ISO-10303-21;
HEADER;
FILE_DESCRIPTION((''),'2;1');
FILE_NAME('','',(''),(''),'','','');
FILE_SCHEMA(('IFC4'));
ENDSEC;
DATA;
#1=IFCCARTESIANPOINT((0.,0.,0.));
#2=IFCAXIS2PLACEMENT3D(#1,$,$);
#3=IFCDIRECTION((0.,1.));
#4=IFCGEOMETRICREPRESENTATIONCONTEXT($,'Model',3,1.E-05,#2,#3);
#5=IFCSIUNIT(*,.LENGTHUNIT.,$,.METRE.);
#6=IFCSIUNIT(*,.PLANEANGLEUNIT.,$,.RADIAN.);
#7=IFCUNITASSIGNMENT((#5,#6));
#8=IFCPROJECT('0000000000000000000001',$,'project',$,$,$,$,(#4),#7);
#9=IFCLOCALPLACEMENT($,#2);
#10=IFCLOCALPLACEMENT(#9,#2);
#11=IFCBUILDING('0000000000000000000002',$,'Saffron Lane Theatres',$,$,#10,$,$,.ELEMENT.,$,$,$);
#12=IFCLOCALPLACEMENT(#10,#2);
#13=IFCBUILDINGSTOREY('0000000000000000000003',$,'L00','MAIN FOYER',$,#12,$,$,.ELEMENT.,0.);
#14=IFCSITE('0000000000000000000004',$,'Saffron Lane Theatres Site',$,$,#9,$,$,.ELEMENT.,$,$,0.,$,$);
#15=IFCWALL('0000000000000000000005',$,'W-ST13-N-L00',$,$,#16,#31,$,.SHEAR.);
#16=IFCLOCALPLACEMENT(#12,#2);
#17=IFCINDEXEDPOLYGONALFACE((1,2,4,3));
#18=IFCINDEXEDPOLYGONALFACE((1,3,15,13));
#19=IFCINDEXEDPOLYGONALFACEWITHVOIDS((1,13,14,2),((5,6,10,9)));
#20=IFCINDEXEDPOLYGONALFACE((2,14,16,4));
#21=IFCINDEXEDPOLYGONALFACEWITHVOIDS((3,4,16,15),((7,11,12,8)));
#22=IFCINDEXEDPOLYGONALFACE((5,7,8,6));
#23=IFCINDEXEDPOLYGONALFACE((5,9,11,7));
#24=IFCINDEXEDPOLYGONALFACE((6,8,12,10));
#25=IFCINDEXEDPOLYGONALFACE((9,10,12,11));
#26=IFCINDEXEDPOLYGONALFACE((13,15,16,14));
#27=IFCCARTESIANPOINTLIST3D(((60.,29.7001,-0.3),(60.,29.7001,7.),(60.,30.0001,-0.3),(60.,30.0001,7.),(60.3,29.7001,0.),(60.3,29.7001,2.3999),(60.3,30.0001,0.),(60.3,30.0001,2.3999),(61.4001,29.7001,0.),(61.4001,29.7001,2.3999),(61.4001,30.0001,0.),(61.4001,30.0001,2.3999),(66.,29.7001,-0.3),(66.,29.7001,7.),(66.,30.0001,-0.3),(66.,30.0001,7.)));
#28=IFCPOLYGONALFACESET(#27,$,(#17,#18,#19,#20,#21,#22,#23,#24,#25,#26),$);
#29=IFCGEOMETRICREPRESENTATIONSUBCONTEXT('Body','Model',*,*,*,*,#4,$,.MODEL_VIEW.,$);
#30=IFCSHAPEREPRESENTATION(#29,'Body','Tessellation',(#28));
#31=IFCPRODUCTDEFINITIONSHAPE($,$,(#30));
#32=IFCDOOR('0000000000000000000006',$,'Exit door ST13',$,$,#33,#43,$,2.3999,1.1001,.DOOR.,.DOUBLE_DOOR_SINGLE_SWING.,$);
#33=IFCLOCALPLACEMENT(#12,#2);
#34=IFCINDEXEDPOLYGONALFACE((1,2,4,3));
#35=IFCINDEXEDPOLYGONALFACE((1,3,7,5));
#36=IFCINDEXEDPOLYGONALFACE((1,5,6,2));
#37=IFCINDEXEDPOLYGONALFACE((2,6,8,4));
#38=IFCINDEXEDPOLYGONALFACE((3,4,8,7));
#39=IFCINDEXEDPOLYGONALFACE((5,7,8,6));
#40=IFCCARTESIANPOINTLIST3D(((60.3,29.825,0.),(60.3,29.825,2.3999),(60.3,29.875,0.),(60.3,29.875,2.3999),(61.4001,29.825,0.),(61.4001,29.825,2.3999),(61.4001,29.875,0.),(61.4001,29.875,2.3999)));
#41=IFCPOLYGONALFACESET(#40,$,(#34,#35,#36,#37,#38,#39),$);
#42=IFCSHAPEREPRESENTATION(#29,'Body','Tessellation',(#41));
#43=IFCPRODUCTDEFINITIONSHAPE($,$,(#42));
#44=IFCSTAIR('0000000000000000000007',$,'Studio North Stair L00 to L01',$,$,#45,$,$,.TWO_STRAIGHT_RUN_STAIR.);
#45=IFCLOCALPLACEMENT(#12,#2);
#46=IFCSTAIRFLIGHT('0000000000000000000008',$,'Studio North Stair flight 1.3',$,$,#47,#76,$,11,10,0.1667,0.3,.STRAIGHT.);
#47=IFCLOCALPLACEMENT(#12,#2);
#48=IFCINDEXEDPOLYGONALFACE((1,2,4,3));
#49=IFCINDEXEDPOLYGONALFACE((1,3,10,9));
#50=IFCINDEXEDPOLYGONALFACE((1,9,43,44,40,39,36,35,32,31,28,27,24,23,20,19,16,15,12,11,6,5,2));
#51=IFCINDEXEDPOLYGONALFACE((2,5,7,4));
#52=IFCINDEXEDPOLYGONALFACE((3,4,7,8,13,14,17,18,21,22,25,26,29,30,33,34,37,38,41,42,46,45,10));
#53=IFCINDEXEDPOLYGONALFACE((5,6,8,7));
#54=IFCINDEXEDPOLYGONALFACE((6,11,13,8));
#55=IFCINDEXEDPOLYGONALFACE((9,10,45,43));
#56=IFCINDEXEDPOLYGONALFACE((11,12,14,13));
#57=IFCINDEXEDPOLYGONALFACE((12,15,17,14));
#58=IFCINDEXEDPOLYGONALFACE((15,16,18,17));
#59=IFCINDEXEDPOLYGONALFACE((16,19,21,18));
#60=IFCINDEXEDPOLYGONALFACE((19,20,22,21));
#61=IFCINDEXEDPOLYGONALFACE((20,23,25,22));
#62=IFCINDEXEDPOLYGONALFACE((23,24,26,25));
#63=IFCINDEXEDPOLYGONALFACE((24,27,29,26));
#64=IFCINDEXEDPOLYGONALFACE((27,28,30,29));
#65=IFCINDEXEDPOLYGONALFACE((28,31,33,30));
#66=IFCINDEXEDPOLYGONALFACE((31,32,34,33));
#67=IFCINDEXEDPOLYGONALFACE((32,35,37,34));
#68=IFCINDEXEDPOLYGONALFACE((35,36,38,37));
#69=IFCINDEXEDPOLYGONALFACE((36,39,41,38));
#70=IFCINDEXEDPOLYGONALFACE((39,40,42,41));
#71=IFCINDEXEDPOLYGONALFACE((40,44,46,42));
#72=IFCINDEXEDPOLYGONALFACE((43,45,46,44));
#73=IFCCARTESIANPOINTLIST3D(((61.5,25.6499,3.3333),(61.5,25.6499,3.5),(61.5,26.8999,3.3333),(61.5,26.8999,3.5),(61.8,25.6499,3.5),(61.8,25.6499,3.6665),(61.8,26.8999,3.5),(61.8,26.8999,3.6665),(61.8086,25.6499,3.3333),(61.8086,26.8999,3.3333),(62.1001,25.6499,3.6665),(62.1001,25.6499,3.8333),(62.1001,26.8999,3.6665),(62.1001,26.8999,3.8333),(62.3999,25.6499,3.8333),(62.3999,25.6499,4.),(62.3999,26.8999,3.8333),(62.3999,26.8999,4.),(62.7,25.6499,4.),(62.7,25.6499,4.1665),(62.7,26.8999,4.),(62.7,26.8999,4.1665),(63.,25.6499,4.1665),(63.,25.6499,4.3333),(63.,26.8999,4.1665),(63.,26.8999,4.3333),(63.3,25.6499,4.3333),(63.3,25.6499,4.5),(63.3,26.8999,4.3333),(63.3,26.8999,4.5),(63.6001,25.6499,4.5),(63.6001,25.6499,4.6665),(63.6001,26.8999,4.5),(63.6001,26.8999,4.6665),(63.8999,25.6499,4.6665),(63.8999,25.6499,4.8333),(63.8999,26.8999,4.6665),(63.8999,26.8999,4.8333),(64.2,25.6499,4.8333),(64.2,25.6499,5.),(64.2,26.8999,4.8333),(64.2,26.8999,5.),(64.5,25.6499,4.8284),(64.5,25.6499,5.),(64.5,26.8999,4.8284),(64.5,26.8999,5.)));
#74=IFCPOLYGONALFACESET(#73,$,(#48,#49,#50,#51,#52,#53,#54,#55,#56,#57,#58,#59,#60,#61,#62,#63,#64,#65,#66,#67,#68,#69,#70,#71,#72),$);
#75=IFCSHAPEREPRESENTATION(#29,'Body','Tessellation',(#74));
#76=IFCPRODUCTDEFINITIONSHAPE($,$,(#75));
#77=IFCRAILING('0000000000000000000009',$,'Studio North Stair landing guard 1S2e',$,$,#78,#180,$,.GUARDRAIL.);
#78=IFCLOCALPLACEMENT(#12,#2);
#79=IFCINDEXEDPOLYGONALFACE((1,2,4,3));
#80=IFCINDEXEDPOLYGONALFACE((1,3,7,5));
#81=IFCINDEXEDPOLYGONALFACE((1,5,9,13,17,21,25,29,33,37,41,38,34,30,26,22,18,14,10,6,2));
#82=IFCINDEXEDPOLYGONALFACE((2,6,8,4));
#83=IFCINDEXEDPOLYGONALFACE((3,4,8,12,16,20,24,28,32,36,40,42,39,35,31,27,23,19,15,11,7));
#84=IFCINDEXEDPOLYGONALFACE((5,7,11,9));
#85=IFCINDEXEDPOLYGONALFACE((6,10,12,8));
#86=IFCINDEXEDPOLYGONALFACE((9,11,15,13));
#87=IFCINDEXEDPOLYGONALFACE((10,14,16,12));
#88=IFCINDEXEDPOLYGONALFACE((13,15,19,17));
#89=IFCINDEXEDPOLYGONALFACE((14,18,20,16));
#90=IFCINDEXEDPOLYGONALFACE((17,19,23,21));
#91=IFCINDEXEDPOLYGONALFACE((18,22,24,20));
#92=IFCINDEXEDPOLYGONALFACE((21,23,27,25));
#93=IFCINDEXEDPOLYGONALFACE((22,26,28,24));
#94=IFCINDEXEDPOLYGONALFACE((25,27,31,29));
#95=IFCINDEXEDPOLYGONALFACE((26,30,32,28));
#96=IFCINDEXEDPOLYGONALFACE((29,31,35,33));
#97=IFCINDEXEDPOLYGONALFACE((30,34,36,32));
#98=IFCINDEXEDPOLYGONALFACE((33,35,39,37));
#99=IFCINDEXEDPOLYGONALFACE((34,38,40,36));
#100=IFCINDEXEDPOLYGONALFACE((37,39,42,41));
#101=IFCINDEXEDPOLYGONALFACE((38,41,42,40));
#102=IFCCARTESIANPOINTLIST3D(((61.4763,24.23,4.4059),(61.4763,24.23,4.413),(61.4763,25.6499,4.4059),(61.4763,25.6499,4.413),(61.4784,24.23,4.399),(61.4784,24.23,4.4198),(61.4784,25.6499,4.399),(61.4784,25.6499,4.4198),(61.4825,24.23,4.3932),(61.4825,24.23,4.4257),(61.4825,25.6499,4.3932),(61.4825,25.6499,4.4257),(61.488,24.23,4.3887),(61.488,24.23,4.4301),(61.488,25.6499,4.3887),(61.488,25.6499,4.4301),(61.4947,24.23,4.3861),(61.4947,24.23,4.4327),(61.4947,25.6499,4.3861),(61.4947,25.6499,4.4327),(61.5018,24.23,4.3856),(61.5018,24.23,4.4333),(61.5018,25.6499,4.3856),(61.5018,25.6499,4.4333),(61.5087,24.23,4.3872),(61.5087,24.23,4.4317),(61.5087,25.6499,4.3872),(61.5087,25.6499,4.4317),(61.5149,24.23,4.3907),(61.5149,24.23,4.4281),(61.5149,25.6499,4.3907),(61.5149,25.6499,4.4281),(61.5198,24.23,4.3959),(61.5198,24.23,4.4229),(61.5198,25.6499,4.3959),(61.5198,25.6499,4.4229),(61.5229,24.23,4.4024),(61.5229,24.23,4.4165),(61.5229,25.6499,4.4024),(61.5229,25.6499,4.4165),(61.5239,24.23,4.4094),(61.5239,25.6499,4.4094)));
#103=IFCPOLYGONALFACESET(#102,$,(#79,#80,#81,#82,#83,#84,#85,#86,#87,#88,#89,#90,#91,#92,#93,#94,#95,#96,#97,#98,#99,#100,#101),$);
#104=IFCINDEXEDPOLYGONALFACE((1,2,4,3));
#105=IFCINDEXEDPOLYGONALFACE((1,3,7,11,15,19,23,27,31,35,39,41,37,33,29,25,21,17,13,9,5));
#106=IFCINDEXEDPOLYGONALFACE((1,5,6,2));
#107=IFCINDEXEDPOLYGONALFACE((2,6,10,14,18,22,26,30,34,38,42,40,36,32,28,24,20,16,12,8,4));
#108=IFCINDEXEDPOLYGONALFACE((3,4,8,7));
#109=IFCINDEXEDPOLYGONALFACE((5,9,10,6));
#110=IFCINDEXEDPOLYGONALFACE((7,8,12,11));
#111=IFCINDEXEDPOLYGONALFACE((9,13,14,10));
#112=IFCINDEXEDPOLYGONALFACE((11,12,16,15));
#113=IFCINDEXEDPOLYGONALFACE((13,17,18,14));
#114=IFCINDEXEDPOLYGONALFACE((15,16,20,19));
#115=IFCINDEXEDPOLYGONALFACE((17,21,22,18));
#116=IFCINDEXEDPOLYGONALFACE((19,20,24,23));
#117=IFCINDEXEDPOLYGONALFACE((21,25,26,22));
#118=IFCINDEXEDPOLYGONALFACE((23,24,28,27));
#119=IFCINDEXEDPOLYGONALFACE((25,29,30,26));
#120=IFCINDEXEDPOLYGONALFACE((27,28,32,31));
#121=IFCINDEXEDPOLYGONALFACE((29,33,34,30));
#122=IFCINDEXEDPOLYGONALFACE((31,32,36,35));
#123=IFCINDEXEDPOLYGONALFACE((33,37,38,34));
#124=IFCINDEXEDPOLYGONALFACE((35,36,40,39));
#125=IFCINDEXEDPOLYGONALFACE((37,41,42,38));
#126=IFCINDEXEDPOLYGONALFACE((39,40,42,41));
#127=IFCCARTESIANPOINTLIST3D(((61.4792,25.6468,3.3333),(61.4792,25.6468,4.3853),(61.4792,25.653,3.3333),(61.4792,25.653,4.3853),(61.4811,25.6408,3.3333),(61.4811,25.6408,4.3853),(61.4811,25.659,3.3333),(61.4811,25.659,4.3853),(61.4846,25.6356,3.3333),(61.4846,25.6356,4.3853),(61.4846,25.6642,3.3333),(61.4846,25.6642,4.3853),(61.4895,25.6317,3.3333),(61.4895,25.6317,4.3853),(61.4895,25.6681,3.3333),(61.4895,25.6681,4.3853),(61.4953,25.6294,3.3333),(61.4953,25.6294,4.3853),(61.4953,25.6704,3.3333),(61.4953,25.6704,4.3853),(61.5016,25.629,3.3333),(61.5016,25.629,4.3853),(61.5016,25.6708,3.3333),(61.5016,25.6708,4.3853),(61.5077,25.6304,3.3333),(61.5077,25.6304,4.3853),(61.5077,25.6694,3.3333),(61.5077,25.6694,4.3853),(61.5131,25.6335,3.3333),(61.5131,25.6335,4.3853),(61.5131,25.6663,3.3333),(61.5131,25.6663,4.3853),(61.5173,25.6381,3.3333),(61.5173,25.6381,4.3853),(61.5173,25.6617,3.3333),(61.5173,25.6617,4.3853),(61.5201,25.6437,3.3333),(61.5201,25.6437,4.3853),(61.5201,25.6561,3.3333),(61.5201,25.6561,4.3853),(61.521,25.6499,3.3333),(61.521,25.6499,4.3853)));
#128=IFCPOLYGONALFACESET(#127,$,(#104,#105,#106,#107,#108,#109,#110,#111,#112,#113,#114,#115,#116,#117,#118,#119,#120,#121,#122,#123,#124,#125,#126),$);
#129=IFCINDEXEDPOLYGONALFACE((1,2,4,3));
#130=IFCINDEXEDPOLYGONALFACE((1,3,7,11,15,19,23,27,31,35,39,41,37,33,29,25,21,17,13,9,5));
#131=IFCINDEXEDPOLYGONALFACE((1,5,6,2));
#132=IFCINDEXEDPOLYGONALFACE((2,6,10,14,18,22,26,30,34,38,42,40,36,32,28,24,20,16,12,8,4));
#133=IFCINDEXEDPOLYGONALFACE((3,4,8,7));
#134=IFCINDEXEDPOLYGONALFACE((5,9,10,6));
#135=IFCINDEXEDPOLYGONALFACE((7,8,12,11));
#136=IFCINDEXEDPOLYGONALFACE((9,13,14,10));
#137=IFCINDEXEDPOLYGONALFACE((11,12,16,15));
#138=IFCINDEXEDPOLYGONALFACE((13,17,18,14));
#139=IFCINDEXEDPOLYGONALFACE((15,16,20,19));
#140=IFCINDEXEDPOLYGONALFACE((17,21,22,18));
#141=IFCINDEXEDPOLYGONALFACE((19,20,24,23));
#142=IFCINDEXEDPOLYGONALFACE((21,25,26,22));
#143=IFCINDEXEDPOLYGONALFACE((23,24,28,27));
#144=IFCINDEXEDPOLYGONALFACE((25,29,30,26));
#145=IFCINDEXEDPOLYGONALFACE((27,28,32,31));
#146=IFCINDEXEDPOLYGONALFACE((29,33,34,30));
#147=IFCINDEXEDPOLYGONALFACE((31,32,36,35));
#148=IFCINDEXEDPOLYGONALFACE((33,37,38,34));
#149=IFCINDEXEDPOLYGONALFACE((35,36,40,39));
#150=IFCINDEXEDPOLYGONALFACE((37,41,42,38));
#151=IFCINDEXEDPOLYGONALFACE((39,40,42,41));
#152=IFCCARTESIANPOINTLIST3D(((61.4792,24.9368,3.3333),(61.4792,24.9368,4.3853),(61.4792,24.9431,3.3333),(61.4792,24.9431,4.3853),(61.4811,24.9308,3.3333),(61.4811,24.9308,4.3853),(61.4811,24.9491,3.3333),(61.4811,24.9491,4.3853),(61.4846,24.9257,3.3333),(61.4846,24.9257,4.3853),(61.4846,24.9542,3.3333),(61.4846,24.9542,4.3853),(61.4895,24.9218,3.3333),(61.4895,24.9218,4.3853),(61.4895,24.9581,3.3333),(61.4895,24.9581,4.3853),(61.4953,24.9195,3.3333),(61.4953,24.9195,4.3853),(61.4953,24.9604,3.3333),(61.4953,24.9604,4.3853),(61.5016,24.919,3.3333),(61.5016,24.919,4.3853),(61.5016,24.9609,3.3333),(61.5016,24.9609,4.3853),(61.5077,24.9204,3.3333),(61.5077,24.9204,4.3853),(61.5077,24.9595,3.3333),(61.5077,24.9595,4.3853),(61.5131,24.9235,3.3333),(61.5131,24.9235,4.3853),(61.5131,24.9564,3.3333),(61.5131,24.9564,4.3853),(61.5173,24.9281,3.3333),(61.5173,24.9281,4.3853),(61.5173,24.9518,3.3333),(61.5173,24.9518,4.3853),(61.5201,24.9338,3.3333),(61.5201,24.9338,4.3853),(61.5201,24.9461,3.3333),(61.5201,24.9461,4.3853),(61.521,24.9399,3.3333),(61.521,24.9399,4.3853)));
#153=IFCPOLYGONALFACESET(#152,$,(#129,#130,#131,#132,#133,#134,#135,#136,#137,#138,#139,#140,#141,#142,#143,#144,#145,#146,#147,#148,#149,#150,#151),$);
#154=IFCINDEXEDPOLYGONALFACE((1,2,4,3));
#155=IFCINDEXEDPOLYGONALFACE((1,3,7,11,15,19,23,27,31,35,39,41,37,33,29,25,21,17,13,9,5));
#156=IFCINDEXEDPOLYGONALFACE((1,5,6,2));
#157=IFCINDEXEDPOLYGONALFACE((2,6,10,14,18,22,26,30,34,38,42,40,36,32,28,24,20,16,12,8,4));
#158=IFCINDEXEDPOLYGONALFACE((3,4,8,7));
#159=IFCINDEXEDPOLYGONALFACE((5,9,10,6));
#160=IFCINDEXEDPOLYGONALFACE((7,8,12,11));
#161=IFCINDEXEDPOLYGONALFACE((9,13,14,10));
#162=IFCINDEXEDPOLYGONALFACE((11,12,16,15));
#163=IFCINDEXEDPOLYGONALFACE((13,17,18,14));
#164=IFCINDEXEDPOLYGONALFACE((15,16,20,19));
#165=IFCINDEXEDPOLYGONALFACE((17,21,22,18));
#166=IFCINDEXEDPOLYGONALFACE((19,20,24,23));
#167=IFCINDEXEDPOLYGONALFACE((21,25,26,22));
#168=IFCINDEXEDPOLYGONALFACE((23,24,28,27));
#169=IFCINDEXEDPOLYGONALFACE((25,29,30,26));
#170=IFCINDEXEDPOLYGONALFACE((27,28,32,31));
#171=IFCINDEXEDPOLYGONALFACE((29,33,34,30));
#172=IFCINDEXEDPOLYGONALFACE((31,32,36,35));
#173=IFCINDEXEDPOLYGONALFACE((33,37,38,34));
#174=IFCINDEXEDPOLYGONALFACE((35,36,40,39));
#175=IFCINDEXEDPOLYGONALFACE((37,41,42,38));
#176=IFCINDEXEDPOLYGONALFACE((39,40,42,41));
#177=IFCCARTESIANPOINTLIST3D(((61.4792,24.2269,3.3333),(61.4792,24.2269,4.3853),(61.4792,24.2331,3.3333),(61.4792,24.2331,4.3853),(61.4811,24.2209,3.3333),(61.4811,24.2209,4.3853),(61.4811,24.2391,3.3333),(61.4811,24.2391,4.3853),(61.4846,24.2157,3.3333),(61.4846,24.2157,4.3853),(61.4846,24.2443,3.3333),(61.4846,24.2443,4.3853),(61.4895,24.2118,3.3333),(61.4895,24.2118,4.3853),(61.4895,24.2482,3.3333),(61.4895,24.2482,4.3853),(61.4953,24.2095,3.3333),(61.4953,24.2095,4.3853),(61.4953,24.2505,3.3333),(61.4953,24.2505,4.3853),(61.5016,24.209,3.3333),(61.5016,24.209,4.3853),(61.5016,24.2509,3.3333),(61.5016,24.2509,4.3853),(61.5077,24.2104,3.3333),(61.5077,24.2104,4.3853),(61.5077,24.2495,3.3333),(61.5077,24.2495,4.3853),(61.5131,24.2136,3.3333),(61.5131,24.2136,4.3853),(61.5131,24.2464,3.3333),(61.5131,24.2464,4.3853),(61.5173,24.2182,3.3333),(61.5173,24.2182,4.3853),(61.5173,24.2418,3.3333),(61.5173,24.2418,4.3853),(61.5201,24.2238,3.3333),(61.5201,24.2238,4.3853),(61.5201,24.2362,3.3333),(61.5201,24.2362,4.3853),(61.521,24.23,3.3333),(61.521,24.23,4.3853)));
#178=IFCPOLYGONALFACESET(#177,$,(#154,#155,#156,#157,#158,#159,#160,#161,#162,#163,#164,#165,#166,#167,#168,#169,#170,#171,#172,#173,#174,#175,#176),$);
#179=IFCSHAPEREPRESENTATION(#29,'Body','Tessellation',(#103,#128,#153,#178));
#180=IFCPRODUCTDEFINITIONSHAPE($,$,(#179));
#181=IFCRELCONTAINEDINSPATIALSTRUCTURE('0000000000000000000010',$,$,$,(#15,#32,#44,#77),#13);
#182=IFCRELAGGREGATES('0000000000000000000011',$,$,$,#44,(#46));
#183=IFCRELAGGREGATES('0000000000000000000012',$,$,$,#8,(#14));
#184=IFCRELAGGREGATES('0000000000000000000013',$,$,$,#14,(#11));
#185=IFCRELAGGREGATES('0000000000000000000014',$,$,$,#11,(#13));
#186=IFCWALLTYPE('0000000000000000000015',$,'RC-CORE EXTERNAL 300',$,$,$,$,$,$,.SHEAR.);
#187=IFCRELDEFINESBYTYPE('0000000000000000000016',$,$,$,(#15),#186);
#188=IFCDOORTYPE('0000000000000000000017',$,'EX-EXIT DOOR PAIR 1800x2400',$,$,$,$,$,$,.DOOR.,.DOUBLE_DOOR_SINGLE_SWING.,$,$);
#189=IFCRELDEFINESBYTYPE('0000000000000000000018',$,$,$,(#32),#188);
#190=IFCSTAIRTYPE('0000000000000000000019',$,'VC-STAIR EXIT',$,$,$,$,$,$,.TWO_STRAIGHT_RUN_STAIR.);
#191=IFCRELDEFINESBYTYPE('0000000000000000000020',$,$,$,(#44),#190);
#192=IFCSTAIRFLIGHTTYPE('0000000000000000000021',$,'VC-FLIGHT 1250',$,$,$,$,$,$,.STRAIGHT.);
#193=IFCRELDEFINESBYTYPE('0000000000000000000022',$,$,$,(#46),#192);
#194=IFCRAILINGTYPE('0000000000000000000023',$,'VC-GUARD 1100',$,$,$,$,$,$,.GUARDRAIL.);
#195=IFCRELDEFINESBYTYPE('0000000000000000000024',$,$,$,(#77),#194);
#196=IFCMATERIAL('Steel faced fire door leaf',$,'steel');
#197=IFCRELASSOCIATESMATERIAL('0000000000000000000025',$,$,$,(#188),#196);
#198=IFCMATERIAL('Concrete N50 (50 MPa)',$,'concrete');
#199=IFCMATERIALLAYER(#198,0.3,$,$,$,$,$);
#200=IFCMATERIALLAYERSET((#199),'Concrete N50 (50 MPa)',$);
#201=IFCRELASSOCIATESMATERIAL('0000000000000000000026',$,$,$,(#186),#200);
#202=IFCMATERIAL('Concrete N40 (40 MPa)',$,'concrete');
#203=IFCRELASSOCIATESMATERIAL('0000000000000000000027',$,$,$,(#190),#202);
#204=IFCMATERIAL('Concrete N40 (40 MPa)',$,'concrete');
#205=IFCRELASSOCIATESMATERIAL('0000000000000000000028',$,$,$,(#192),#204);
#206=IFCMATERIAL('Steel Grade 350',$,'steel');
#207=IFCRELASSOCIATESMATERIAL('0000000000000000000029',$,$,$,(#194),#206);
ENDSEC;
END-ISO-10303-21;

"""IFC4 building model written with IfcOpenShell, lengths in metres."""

from ifc_helpers import new_model, si_unit, direction, frame, frame_2d, origin, origin_2d, place, context, subcontext, project, spatial, polyline, rectangle, circle, outline, extrude, material, layer, layer_set, type_object, element, fill, aggregate, save


model = new_model("IFC4")

# Units and contexts
model_context = context("Model", 3, precision=1e-05, world=origin(), true_north=direction((0.0, 1.0)))
body_context = subcontext(model_context, "Body", "Model", "MODEL_VIEW")
ifc_project = project(units=[si_unit("LENGTHUNIT", "METRE"), si_unit("PLANEANGLEUNIT", "RADIAN")], contexts=[model_context])

# Site, building, storey
site_placement = place(None, origin())
site = spatial("IfcSite", under=ifc_project, at=site_placement, Name="Saffron Lane Theatres Site", CompositionType="ELEMENT", RefElevation=0.0)
building_placement = place(site_placement, origin())
building = spatial("IfcBuilding", under=site, at=building_placement, Name="Saffron Lane Theatres", CompositionType="ELEMENT")
storey_placement = place(building_placement, origin())
storey = spatial("IfcBuildingStorey", under=building, at=storey_placement, Name="L00", Description="MAIN FOYER", CompositionType="ELEMENT", Elevation=0.0)

# Wall, opening, door
ifc_material_1 = material(Name="Steel faced fire door leaf", Category="steel")
door_type_1 = type_object("IfcDoorType", Name="EX-EXIT DOOR PAIR 1800x2400", OperationType="DOUBLE_DOOR_SINGLE_SWING", PredefinedType="DOOR", material=ifc_material_1)
ifc_material_2 = material(Name="Concrete N50 (50 MPa)", Category="concrete")
ifc_layer_1 = layer(ifc_material_2, 0.3)
ifc_layer_set_1 = layer_set([ifc_layer_1], Name="Concrete N50 (50 MPa)")
wall_type_1 = type_object("IfcWallType", Name="RC-CORE EXTERNAL 300", PredefinedType="SHEAR", material=ifc_layer_set_1)
wall_1_placement = place(storey_placement, frame((60.0, 29.8501, -0.3), z_axis=(0.0, 0.0, 1.0), x_axis=(1.0, 0.0, 0.0)))
wall_1 = element("IfcWall", 1, at=wall_1_placement, inside=storey, type_object=wall_type_1, Name="W-ST13-N-L00", PredefinedType="SHEAR", context=body_context, shape_type="SweptSolid", body=[
    extrude(rectangle(XDim=6.0, YDim=0.3, at=frame_2d((3.0, 0.0))), origin(), (0.0, 0.0, 1.0), 7.3),
])
opening_1_placement = place(wall_1_placement, frame((0.3, 0.0, 0.3)))
opening_1 = element("IfcOpeningElement", 2, at=opening_1_placement, cuts=wall_1, PredefinedType="OPENING", context=body_context, shape_type="SweptSolid", body=[
    extrude(rectangle(XDim=1.1001, YDim=2.3999, at=frame_2d((0.55, 1.2))), frame((0.0, 0.1602, 0.0), z_axis=(0.0, -1.0, 0.0), x_axis=(1.0, 0.0, 0.0)), (0.0, 0.0, 1.0), 0.3201),
])
door_1_placement = place(opening_1_placement, origin())
door_1 = element("IfcDoor", 3, at=door_1_placement, inside=storey, type_object=door_type_1, Name="Exit door ST13", OperationType="DOUBLE_DOOR_SINGLE_SWING", OverallHeight=2.3999, OverallWidth=1.1001, PredefinedType="DOOR", context=body_context, shape_type="SweptSolid", body=[
    extrude(rectangle(XDim=1.1001, YDim=2.3999, at=frame_2d((0.55, 1.2))), frame((0.0, 0.0249, 0.0), z_axis=(0.0, -1.0, 0.0), x_axis=(1.0, 0.0, 0.0)), (0.0, 0.0, 1.0), 0.05),
])
fill(opening_1, door_1)

# Stair, stair flight
ifc_material_3 = material(Name="Concrete N40 (40 MPa)", Category="concrete")
stair_type = type_object("IfcStairType", Name="VC-STAIR EXIT", PredefinedType="TWO_STRAIGHT_RUN_STAIR", material=ifc_material_3)
stair_placement = place(storey_placement, origin())
stair = element("IfcStair", 4, at=stair_placement, inside=storey, type_object=stair_type, Name="Studio North Stair L00 to L01", PredefinedType="TWO_STRAIGHT_RUN_STAIR")
ifc_material_4 = material(Name="Concrete N40 (40 MPa)", Category="concrete")
stair_flight_type = type_object("IfcStairFlightType", Name="VC-FLIGHT 1250", PredefinedType="STRAIGHT", material=ifc_material_4)
stair_flight_placement = place(storey_placement, frame((61.5, 26.2749, 3.3333), z_axis=(0.0, 0.0, 1.0), x_axis=(1.0, 0.0, 0.0)))
stair_flight = element("IfcStairFlight", 5, at=stair_flight_placement, type_object=stair_flight_type, Name="Studio North Stair flight 1.3", NumberOfRisers=11, NumberOfTreads=10, PredefinedType="STRAIGHT", RiserHeight=0.1667, TreadLength=0.3, context=body_context, shape_type="SweptSolid", body=[
    extrude(outline(polyline([(0.0, 0.0), (0.0, 0.1667), (0.3, 0.1667), (0.3, 0.3333), (0.6001, 0.3333), (0.6001, 0.5), (0.8999, 0.5), (0.8999, 0.6667), (1.2, 0.6667), (1.2, 0.8333), (1.5, 0.8333), (1.5, 1.0), (1.8, 1.0), (1.8, 1.1667), (2.1001, 1.1667), (2.1001, 1.3333), (2.3999, 1.3333), (2.3999, 1.5), (2.7, 1.5), (2.7, 1.6667), (3.0, 1.6667), (3.0, 1.8333), (3.0, 1.4951), (0.3086, 0.0), (0.0, 0.0)])), frame((0.0, 0.625, 0.0), z_axis=(0.0, -1.0, 0.0), x_axis=(1.0, 0.0, 0.0)), (0.0, 0.0, 1.0), 1.25),
])
aggregate(stair, [stair_flight])

# Railing
ifc_material_5 = material(Name="Steel Grade 350", Category="steel")
railing_type_1 = type_object("IfcRailingType", Name="VC-GUARD 1100", PredefinedType="GUARDRAIL", material=ifc_material_5)
railing_1_placement = place(storey_placement, frame((61.5, 25.6499, 3.3333)))
element("IfcRailing", 6, at=railing_1_placement, inside=storey, type_object=railing_type_1, Name="Studio North Stair landing guard 1S2e", PredefinedType="GUARDRAIL", context=body_context, shape_type="SweptSolid", body=[
    extrude(circle(Radius=0.0239, at=origin_2d()), frame((0.0, 0.0, 1.0762), z_axis=(0.0, -1.0, 0.0), x_axis=(1.0, 0.0, 0.0)), (0.0, 0.0, 1.0), 1.4199),
    extrude(circle(Radius=0.021, at=origin_2d()), origin(), (0.0, 0.0, 1.0), 1.052),
    extrude(circle(Radius=0.021, at=origin_2d()), frame((0.0, -0.71, 0.0)), (0.0, 0.0, 1.0), 1.052),
    extrude(circle(Radius=0.021, at=origin_2d()), frame((0.0, -1.4199, 0.0)), (0.0, 0.0, 1.0), 1.052),
])

save(model, "model.ifc")
